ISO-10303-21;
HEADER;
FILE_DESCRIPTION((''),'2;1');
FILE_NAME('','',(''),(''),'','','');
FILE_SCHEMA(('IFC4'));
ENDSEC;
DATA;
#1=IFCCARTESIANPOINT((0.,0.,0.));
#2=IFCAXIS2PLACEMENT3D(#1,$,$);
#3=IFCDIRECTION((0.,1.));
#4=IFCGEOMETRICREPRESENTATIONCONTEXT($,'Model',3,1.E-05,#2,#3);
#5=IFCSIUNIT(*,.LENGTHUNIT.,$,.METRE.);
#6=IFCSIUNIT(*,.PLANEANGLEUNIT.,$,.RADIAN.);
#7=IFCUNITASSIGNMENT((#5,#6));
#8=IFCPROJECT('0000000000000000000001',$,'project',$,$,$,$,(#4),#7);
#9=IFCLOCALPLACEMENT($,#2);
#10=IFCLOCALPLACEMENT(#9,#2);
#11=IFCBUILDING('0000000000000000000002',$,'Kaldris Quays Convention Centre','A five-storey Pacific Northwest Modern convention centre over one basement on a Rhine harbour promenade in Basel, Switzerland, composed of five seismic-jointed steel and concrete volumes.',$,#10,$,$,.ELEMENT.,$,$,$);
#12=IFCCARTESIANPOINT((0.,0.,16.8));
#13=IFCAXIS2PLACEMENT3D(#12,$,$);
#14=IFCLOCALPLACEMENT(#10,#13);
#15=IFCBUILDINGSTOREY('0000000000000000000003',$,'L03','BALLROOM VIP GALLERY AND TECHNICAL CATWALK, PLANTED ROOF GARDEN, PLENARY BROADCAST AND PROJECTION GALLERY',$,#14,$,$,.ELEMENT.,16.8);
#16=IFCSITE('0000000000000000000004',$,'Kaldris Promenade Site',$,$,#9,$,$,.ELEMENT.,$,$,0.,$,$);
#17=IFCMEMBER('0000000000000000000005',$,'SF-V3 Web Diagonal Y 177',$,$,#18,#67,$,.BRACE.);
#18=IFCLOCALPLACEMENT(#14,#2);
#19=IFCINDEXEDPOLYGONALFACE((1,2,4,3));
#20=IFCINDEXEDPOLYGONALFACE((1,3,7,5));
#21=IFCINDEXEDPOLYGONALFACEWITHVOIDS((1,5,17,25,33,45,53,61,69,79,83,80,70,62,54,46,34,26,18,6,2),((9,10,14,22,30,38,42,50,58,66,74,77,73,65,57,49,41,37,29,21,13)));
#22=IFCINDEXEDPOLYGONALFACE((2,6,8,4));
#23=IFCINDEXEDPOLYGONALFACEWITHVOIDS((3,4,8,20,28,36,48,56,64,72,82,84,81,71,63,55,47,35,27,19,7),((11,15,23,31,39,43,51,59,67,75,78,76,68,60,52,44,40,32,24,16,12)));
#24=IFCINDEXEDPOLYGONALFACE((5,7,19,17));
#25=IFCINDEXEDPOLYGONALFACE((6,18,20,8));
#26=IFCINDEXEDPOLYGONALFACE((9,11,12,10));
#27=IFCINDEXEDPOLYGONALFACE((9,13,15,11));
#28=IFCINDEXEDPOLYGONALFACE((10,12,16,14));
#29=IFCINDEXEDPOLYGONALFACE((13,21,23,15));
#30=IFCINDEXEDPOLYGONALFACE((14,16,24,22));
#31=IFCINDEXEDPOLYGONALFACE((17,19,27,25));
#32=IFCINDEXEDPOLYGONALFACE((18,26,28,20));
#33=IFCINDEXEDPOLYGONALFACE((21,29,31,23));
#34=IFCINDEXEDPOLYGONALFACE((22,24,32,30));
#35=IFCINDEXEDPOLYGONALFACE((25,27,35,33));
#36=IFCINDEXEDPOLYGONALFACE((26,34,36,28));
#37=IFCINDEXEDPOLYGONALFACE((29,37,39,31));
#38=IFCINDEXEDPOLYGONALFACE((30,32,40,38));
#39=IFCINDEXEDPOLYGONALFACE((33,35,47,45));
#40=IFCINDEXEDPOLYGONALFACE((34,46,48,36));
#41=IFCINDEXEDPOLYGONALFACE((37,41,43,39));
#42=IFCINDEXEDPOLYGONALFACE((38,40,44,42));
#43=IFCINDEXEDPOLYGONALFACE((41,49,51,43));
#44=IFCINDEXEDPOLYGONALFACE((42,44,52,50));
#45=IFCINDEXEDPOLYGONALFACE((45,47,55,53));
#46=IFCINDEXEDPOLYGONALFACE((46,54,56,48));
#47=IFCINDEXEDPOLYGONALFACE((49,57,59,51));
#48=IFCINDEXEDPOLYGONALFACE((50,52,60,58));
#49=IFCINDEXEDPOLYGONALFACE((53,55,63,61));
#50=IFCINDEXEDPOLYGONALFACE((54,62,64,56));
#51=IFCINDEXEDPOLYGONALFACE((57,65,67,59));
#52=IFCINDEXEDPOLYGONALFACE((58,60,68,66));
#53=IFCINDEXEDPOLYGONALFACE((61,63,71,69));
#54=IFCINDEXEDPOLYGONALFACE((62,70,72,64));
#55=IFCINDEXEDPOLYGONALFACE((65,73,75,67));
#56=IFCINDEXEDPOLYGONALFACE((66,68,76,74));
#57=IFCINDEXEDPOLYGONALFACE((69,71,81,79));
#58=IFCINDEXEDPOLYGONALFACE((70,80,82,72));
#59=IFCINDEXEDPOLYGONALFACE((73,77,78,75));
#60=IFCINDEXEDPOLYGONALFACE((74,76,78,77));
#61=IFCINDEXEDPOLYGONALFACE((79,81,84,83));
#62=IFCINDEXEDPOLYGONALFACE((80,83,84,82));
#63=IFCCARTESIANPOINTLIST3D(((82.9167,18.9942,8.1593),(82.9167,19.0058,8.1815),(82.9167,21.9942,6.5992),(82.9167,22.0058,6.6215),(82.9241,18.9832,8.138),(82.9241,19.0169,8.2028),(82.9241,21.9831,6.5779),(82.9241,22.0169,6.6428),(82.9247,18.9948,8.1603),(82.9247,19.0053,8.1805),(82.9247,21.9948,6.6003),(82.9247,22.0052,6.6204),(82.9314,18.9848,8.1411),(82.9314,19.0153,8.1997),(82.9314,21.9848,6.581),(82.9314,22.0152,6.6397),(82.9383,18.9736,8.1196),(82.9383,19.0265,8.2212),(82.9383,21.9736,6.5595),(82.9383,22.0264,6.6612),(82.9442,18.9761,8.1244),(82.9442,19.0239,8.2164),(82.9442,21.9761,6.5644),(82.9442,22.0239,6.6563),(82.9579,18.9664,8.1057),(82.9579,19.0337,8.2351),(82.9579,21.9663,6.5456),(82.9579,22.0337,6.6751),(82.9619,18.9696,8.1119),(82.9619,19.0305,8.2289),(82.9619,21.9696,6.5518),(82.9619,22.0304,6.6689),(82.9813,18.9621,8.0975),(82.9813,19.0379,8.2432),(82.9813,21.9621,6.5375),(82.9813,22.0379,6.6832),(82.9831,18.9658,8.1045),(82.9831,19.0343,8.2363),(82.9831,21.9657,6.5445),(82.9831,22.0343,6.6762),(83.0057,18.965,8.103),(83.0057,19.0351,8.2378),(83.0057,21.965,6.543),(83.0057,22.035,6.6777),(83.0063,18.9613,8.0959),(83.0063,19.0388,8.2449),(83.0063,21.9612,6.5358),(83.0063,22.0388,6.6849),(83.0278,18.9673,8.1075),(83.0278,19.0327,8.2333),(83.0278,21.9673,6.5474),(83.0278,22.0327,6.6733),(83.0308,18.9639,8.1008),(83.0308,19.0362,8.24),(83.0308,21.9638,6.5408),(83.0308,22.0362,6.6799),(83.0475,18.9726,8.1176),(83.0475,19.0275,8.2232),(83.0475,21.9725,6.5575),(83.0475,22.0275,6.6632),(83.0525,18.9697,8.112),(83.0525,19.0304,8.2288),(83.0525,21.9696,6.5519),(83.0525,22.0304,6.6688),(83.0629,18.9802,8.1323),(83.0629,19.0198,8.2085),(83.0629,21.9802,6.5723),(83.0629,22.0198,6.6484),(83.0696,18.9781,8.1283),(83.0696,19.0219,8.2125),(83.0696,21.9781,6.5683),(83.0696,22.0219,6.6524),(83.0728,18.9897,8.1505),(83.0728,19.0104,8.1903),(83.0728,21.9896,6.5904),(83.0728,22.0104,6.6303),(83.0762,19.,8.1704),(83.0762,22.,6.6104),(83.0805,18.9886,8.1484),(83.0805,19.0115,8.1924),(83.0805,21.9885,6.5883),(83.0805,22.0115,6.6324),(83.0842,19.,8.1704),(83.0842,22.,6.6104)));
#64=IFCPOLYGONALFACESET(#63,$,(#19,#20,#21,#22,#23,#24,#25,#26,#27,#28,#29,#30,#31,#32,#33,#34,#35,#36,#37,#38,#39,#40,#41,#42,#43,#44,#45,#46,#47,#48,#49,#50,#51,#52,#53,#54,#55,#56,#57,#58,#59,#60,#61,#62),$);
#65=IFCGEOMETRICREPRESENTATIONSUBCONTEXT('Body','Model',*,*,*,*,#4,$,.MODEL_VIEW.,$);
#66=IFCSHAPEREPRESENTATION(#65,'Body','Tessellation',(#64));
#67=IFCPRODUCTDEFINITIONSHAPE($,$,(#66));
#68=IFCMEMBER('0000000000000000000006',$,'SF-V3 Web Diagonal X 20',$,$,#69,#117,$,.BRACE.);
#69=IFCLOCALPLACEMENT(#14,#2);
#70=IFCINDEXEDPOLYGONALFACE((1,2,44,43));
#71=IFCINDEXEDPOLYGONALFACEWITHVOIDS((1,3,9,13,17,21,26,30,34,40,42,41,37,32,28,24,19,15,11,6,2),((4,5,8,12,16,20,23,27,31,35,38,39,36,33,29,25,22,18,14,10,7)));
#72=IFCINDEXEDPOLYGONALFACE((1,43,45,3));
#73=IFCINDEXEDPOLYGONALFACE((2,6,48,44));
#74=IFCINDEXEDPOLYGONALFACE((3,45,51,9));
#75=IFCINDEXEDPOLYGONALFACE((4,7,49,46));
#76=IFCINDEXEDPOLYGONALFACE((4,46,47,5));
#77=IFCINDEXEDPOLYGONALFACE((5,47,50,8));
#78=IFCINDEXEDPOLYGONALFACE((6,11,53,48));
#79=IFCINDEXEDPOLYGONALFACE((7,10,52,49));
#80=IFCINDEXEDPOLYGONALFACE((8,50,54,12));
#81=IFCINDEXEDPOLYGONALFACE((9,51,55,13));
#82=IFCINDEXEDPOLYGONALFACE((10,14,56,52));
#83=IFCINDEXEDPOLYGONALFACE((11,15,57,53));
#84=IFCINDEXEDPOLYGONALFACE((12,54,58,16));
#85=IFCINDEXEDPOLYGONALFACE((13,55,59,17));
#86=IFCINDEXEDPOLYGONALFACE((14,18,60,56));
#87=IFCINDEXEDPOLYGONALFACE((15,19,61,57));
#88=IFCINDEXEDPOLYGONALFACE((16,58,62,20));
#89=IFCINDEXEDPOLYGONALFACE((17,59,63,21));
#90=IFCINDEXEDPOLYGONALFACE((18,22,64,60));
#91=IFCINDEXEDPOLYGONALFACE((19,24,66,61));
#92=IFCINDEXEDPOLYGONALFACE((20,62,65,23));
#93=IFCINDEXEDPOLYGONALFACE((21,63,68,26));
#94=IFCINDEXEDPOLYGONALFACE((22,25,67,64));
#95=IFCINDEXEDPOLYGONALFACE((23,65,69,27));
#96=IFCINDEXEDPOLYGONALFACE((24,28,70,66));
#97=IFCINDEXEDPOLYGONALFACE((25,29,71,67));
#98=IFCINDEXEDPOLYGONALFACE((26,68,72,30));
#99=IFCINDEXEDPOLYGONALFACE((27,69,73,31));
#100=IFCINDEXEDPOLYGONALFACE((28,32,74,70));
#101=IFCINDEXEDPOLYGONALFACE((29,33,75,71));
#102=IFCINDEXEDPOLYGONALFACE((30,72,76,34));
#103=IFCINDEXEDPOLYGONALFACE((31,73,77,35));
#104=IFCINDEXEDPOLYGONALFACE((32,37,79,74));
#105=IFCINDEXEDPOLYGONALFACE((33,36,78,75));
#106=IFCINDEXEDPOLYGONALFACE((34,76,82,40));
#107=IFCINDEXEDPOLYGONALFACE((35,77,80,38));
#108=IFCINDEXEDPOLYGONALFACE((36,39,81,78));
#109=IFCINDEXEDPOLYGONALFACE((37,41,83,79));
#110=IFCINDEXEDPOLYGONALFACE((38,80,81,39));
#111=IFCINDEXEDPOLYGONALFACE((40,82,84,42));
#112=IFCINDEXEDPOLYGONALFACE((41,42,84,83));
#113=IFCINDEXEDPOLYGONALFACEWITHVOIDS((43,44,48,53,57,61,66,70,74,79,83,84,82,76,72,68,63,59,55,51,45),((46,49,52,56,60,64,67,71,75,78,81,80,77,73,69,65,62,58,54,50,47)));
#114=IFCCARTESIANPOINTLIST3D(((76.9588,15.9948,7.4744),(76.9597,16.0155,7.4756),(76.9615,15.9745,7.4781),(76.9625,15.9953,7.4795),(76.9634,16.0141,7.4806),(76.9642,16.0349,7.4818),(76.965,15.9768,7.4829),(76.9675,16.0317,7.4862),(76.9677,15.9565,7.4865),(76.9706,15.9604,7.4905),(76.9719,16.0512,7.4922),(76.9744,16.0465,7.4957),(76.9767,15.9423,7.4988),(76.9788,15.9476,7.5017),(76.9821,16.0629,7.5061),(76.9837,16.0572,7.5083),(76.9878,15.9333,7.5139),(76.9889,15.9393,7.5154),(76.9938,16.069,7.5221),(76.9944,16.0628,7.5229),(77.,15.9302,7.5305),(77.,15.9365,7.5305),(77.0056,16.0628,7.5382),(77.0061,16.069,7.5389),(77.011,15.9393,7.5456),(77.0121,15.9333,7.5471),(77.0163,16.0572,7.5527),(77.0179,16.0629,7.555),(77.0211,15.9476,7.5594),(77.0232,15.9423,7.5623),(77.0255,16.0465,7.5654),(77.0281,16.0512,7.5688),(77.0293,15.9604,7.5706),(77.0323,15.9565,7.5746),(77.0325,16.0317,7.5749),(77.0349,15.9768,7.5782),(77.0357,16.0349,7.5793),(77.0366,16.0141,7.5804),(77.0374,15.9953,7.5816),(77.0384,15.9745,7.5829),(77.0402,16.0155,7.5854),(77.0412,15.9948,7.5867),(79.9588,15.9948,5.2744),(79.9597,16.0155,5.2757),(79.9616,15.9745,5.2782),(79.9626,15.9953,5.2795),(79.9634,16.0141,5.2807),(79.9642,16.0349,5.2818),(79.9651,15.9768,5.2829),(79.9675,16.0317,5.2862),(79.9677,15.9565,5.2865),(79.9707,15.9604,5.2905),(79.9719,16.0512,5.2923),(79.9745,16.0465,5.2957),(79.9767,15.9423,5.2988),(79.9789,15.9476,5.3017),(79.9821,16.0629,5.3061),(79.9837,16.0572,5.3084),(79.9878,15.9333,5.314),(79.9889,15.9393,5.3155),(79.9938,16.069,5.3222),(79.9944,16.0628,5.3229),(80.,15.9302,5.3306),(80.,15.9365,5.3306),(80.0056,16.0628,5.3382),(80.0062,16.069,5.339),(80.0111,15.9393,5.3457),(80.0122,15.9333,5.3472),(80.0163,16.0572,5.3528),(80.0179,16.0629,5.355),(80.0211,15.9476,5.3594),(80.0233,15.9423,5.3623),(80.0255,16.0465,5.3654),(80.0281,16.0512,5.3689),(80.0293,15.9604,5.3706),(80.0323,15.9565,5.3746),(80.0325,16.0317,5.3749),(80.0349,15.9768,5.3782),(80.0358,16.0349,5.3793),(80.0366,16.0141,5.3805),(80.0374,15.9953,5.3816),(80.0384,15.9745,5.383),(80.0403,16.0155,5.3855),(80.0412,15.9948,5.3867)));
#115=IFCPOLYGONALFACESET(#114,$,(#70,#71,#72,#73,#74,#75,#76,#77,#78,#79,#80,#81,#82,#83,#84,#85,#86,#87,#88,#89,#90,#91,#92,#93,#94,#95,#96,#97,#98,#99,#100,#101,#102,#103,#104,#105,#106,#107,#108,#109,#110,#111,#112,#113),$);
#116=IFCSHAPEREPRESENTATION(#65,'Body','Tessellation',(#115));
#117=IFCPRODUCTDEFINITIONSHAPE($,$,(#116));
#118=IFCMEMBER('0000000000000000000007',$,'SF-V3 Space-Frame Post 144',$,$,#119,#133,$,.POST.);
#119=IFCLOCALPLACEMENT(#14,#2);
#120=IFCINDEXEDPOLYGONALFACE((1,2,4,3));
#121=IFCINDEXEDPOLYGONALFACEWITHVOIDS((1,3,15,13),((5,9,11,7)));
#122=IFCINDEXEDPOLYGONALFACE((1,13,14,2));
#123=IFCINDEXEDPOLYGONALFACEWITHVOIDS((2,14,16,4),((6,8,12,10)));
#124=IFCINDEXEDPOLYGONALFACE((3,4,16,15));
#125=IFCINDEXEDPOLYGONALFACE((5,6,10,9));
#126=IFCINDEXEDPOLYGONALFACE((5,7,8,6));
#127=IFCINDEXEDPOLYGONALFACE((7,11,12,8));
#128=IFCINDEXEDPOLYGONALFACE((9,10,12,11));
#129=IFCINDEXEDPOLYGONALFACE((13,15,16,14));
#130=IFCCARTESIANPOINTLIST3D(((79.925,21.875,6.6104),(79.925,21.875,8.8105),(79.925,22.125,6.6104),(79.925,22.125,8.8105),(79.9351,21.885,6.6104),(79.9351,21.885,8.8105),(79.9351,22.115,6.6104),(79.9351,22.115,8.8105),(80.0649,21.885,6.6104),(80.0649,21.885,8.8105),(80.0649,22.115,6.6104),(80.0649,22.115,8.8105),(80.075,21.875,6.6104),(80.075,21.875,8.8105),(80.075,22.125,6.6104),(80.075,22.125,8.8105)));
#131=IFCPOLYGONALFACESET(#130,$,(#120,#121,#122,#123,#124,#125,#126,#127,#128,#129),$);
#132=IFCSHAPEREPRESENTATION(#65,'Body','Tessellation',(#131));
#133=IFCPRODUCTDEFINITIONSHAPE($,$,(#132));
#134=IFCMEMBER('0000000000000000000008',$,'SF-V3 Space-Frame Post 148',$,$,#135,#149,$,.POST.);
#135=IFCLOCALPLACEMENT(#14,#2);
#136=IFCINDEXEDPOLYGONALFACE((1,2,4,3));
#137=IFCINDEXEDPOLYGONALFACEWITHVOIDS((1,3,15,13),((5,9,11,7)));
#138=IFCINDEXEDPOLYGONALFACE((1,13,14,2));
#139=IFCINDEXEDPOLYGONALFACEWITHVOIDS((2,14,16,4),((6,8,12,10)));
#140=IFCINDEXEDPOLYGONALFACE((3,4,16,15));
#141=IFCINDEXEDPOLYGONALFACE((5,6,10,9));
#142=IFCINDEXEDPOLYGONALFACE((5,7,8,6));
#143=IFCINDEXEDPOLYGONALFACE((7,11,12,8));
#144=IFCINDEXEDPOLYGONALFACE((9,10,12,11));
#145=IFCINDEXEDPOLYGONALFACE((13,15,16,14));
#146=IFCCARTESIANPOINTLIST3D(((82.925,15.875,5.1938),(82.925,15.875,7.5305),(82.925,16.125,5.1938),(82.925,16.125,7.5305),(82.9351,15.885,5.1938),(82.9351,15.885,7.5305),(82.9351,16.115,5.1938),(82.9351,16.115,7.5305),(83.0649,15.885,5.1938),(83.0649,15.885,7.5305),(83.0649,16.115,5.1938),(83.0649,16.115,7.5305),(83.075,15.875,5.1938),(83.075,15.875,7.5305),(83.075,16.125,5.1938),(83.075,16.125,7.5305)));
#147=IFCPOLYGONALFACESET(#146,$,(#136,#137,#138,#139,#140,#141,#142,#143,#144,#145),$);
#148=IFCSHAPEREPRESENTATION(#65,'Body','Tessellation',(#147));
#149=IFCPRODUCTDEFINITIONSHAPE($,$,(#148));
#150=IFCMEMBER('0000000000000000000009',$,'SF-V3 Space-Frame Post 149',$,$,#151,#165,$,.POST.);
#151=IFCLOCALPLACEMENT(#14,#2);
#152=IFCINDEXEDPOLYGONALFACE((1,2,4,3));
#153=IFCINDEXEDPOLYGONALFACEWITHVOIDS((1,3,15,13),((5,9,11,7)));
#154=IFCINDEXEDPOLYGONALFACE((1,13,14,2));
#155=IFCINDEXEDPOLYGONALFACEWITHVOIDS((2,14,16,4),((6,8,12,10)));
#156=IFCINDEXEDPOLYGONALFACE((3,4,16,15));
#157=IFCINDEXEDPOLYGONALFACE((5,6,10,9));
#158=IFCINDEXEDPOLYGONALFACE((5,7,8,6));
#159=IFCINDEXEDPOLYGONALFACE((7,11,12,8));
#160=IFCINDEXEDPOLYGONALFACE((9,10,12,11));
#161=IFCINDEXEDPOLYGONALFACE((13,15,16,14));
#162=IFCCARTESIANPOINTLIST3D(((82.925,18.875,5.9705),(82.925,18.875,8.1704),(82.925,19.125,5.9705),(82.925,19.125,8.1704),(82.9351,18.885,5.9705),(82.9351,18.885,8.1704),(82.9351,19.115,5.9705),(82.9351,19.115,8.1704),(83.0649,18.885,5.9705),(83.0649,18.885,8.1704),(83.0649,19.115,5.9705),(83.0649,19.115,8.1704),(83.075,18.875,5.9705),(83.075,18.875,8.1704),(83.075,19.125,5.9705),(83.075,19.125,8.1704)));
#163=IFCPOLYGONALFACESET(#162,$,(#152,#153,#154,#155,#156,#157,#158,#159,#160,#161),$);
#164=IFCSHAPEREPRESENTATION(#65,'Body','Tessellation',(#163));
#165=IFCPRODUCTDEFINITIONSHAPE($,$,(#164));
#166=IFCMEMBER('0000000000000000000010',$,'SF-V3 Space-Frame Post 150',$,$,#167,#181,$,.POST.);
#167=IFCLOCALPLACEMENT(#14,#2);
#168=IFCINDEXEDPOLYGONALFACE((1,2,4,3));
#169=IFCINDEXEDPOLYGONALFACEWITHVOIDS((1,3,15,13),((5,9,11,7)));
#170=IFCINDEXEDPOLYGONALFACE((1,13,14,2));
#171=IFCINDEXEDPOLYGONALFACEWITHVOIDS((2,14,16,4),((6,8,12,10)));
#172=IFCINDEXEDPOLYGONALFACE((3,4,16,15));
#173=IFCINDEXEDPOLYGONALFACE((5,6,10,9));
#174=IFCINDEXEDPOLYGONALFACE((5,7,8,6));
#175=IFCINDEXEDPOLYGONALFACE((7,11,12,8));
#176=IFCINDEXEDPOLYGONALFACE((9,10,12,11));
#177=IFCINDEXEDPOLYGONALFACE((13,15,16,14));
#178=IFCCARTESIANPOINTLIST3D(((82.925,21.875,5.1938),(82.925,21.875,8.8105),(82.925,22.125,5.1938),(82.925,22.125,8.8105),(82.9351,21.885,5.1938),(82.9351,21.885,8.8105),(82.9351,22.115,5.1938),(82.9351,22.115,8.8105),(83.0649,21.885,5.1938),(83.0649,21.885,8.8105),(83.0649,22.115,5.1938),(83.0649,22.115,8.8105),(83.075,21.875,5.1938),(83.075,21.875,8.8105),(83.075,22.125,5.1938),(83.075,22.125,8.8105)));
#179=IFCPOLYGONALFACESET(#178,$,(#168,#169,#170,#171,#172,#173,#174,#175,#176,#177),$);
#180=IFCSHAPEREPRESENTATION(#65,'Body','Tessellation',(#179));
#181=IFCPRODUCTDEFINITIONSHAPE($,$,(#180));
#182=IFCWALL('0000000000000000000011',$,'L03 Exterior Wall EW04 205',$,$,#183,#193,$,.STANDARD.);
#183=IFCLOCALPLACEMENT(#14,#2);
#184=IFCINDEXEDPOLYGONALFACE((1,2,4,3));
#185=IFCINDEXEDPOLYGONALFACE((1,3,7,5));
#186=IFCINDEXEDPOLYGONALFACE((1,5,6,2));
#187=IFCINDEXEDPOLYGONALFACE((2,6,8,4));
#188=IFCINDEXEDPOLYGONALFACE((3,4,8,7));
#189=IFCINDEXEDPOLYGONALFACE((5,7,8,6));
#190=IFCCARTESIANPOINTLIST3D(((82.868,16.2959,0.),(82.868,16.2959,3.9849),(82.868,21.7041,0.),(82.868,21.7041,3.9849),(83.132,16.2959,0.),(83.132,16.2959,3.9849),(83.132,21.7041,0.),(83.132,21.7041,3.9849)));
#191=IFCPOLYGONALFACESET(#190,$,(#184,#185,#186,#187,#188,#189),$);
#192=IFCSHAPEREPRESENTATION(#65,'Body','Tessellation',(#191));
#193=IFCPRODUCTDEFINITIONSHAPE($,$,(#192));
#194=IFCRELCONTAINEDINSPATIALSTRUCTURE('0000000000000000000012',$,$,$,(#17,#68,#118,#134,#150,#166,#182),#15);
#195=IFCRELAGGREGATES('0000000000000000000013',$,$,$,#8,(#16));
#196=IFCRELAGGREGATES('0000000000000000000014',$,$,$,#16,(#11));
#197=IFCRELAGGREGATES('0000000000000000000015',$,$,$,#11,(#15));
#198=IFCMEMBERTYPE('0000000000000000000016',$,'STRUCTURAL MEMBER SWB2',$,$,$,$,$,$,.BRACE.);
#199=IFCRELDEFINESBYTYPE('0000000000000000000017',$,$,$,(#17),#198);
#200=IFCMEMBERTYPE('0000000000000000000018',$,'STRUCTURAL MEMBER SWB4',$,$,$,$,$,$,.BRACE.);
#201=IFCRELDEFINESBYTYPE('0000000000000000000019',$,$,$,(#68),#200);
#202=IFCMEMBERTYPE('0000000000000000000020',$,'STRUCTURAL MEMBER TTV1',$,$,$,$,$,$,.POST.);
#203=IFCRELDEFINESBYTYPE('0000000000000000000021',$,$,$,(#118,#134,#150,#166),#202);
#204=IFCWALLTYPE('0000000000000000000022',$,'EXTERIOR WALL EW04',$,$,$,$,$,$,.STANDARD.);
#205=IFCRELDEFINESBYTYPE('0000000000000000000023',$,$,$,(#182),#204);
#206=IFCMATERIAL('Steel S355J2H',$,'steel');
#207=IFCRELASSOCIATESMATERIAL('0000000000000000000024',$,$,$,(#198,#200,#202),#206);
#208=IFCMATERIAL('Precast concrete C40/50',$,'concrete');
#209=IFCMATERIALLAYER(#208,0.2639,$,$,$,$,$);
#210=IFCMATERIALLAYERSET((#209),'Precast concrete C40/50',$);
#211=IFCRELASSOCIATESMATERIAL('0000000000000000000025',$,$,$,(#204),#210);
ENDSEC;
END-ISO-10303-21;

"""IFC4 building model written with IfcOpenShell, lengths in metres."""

from ifc_helpers import new_model, si_unit, direction, frame, frame_2d, origin, origin_2d, place, context, subcontext, project, spatial, rectangle, hollow_rectangle, hollow_circle, extrude, material, layer, layer_set, material_profile, profile_set, type_object, element, save


model = new_model("IFC4")

# Units and contexts
model_context = context("Model", 3, precision=1e-05, world=origin(), true_north=direction((0.0, 1.0)))
body_context = subcontext(model_context, "Body", "Model", "MODEL_VIEW")
ifc_project = project(units=[si_unit("LENGTHUNIT", "METRE"), si_unit("PLANEANGLEUNIT", "RADIAN")], contexts=[model_context])

# Site, building, storey
site_placement = place(None, origin())
site = spatial("IfcSite", under=ifc_project, at=site_placement, Name="Kaldris Promenade Site", CompositionType="ELEMENT", RefElevation=0.0)
building_placement = place(site_placement, origin())
building = spatial("IfcBuilding", under=site, at=building_placement, Name="Kaldris Quays Convention Centre", Description="A five-storey Pacific Northwest Modern convention centre over one basement on a Rhine harbour promenade in Basel, Switzerland, composed of five seismic-jointed steel and concrete volumes.", CompositionType="ELEMENT")
storey_placement = place(building_placement, frame((0.0, 0.0, 16.8)))
storey = spatial("IfcBuildingStorey", under=building, at=storey_placement, Name="L03", Description="BALLROOM VIP GALLERY AND TECHNICAL CATWALK, PLANTED ROOF GARDEN, PLENARY BROADCAST AND PROJECTION GALLERY", CompositionType="ELEMENT", Elevation=16.8)

# Members
ifc_material_1 = material(Name="Steel S355J2H", Category="steel")
ifc_material_profile_1 = material_profile(ifc_material_1, hollow_circle(Radius=0.0842, WallThickness=0.0081, at=origin_2d()), Name="CHS 168.3x8")
ifc_profile_set_1 = profile_set([ifc_material_profile_1], Name="Steel S355J2H")
member_type_1 = type_object("IfcMemberType", Name="STRUCTURAL MEMBER SWB2", PredefinedType="BRACE", material=ifc_profile_set_1)
member_1_placement = place(storey_placement, frame((83.0, 22.0, 6.6104), z_axis=(0.0, -0.88721, 0.461366), x_axis=(1.0, 0.0, 0.0)))
element("IfcMember", 1, at=member_1_placement, inside=storey, type_object=member_type_1, Name="SF-V3 Web Diagonal Y 177", PredefinedType="BRACE", context=body_context, shape_type="SweptSolid", body=[
    extrude(hollow_circle(Radius=0.0842, WallThickness=0.0081, at=origin_2d()), origin(), (0.0, 0.0, 1.0), 3.3813),
])
ifc_material_profile_2 = material_profile(ifc_material_1, hollow_circle(Radius=0.0698, WallThickness=0.0063, at=origin_2d()), Name="CHS 139.7x6.3")
ifc_profile_set_2 = profile_set([ifc_material_profile_2], Name="Steel S355J2H")
member_type_2 = type_object("IfcMemberType", Name="STRUCTURAL MEMBER SWB4", PredefinedType="BRACE", material=ifc_profile_set_2)
member_2_placement = place(storey_placement, frame((80.0, 16.0, 5.3306), z_axis=(-0.806411, 0.0, 0.591355), x_axis=(0.0, -1.0, 0.0)))
element("IfcMember", 2, at=member_2_placement, inside=storey, type_object=member_type_2, Name="SF-V3 Web Diagonal X 20", PredefinedType="BRACE", context=body_context, shape_type="SweptSolid", body=[
    extrude(hollow_circle(Radius=0.0698, WallThickness=0.0063, at=origin_2d()), origin(), (0.0, 0.0, 1.0), 3.7202),
])
ifc_material_profile_3 = material_profile(ifc_material_1, hollow_rectangle(XDim=0.1499, YDim=0.25, WallThickness=0.01, at=origin_2d()), Name="RHS 250x150x10")
ifc_profile_set_3 = profile_set([ifc_material_profile_3], Name="Steel S355J2H")
member_type_3 = type_object("IfcMemberType", Name="STRUCTURAL MEMBER TTV1", PredefinedType="POST", material=ifc_profile_set_3)
member_3_placement = place(storey_placement, frame((80.0, 22.0, 6.6104), z_axis=(0.0, 0.0, 1.0), x_axis=(1.0, 0.0, 0.0)))
element("IfcMember", 3, at=member_3_placement, inside=storey, type_object=member_type_3, Name="SF-V3 Space-Frame Post 144", PredefinedType="POST", context=body_context, shape_type="SweptSolid", body=[
    extrude(hollow_rectangle(XDim=0.1499, YDim=0.25, WallThickness=0.01, at=origin_2d()), origin(), (0.0, 0.0, 1.0), 2.2002),
])
member_4_placement = place(storey_placement, frame((83.0, 16.0, 5.1938), z_axis=(0.0, 0.0, 1.0), x_axis=(1.0, 0.0, 0.0)))
element("IfcMember", 4, at=member_4_placement, inside=storey, type_object=member_type_3, Name="SF-V3 Space-Frame Post 148", PredefinedType="POST", context=body_context, shape_type="SweptSolid", body=[
    extrude(hollow_rectangle(XDim=0.1499, YDim=0.25, WallThickness=0.01, at=origin_2d()), origin(), (0.0, 0.0, 1.0), 2.3367),
])
member_5_placement = place(storey_placement, frame((83.0, 19.0, 5.9705), z_axis=(0.0, 0.0, 1.0), x_axis=(1.0, 0.0, 0.0)))
element("IfcMember", 5, at=member_5_placement, inside=storey, type_object=member_type_3, Name="SF-V3 Space-Frame Post 149", PredefinedType="POST", context=body_context, shape_type="SweptSolid", body=[
    extrude(hollow_rectangle(XDim=0.1499, YDim=0.25, WallThickness=0.01, at=origin_2d()), origin(), (0.0, 0.0, 1.0), 2.2),
])
member_6_placement = place(storey_placement, frame((83.0, 22.0, 5.1938), z_axis=(0.0, 0.0, 1.0), x_axis=(1.0, 0.0, 0.0)))
element("IfcMember", 6, at=member_6_placement, inside=storey, type_object=member_type_3, Name="SF-V3 Space-Frame Post 150", PredefinedType="POST", context=body_context, shape_type="SweptSolid", body=[
    extrude(hollow_rectangle(XDim=0.1499, YDim=0.25, WallThickness=0.01, at=origin_2d()), origin(), (0.0, 0.0, 1.0), 3.6167),
])

# Wall
ifc_material_2 = material(Name="Precast concrete C40/50", Category="concrete")
ifc_layer_1 = layer(ifc_material_2, 0.2639)
ifc_layer_set_1 = layer_set([ifc_layer_1], Name="Precast concrete C40/50")
wall_type_1 = type_object("IfcWallType", Name="EXTERIOR WALL EW04", PredefinedType="STANDARD", material=ifc_layer_set_1)
wall_1_placement = place(storey_placement, frame((83.0, 16.2959, 0.0), z_axis=(0.0, 0.0, 1.0), x_axis=(0.0, 1.0, 0.0)))
element("IfcWall", 7, at=wall_1_placement, inside=storey, type_object=wall_type_1, Name="L03 Exterior Wall EW04 205", PredefinedType="STANDARD", context=body_context, shape_type="SweptSolid", body=[
    extrude(rectangle(XDim=5.4082, YDim=0.2639, at=frame_2d((2.7041, 0.0))), origin(), (0.0, 0.0, 1.0), 3.9849),
])

save(model, "model.ifc")
